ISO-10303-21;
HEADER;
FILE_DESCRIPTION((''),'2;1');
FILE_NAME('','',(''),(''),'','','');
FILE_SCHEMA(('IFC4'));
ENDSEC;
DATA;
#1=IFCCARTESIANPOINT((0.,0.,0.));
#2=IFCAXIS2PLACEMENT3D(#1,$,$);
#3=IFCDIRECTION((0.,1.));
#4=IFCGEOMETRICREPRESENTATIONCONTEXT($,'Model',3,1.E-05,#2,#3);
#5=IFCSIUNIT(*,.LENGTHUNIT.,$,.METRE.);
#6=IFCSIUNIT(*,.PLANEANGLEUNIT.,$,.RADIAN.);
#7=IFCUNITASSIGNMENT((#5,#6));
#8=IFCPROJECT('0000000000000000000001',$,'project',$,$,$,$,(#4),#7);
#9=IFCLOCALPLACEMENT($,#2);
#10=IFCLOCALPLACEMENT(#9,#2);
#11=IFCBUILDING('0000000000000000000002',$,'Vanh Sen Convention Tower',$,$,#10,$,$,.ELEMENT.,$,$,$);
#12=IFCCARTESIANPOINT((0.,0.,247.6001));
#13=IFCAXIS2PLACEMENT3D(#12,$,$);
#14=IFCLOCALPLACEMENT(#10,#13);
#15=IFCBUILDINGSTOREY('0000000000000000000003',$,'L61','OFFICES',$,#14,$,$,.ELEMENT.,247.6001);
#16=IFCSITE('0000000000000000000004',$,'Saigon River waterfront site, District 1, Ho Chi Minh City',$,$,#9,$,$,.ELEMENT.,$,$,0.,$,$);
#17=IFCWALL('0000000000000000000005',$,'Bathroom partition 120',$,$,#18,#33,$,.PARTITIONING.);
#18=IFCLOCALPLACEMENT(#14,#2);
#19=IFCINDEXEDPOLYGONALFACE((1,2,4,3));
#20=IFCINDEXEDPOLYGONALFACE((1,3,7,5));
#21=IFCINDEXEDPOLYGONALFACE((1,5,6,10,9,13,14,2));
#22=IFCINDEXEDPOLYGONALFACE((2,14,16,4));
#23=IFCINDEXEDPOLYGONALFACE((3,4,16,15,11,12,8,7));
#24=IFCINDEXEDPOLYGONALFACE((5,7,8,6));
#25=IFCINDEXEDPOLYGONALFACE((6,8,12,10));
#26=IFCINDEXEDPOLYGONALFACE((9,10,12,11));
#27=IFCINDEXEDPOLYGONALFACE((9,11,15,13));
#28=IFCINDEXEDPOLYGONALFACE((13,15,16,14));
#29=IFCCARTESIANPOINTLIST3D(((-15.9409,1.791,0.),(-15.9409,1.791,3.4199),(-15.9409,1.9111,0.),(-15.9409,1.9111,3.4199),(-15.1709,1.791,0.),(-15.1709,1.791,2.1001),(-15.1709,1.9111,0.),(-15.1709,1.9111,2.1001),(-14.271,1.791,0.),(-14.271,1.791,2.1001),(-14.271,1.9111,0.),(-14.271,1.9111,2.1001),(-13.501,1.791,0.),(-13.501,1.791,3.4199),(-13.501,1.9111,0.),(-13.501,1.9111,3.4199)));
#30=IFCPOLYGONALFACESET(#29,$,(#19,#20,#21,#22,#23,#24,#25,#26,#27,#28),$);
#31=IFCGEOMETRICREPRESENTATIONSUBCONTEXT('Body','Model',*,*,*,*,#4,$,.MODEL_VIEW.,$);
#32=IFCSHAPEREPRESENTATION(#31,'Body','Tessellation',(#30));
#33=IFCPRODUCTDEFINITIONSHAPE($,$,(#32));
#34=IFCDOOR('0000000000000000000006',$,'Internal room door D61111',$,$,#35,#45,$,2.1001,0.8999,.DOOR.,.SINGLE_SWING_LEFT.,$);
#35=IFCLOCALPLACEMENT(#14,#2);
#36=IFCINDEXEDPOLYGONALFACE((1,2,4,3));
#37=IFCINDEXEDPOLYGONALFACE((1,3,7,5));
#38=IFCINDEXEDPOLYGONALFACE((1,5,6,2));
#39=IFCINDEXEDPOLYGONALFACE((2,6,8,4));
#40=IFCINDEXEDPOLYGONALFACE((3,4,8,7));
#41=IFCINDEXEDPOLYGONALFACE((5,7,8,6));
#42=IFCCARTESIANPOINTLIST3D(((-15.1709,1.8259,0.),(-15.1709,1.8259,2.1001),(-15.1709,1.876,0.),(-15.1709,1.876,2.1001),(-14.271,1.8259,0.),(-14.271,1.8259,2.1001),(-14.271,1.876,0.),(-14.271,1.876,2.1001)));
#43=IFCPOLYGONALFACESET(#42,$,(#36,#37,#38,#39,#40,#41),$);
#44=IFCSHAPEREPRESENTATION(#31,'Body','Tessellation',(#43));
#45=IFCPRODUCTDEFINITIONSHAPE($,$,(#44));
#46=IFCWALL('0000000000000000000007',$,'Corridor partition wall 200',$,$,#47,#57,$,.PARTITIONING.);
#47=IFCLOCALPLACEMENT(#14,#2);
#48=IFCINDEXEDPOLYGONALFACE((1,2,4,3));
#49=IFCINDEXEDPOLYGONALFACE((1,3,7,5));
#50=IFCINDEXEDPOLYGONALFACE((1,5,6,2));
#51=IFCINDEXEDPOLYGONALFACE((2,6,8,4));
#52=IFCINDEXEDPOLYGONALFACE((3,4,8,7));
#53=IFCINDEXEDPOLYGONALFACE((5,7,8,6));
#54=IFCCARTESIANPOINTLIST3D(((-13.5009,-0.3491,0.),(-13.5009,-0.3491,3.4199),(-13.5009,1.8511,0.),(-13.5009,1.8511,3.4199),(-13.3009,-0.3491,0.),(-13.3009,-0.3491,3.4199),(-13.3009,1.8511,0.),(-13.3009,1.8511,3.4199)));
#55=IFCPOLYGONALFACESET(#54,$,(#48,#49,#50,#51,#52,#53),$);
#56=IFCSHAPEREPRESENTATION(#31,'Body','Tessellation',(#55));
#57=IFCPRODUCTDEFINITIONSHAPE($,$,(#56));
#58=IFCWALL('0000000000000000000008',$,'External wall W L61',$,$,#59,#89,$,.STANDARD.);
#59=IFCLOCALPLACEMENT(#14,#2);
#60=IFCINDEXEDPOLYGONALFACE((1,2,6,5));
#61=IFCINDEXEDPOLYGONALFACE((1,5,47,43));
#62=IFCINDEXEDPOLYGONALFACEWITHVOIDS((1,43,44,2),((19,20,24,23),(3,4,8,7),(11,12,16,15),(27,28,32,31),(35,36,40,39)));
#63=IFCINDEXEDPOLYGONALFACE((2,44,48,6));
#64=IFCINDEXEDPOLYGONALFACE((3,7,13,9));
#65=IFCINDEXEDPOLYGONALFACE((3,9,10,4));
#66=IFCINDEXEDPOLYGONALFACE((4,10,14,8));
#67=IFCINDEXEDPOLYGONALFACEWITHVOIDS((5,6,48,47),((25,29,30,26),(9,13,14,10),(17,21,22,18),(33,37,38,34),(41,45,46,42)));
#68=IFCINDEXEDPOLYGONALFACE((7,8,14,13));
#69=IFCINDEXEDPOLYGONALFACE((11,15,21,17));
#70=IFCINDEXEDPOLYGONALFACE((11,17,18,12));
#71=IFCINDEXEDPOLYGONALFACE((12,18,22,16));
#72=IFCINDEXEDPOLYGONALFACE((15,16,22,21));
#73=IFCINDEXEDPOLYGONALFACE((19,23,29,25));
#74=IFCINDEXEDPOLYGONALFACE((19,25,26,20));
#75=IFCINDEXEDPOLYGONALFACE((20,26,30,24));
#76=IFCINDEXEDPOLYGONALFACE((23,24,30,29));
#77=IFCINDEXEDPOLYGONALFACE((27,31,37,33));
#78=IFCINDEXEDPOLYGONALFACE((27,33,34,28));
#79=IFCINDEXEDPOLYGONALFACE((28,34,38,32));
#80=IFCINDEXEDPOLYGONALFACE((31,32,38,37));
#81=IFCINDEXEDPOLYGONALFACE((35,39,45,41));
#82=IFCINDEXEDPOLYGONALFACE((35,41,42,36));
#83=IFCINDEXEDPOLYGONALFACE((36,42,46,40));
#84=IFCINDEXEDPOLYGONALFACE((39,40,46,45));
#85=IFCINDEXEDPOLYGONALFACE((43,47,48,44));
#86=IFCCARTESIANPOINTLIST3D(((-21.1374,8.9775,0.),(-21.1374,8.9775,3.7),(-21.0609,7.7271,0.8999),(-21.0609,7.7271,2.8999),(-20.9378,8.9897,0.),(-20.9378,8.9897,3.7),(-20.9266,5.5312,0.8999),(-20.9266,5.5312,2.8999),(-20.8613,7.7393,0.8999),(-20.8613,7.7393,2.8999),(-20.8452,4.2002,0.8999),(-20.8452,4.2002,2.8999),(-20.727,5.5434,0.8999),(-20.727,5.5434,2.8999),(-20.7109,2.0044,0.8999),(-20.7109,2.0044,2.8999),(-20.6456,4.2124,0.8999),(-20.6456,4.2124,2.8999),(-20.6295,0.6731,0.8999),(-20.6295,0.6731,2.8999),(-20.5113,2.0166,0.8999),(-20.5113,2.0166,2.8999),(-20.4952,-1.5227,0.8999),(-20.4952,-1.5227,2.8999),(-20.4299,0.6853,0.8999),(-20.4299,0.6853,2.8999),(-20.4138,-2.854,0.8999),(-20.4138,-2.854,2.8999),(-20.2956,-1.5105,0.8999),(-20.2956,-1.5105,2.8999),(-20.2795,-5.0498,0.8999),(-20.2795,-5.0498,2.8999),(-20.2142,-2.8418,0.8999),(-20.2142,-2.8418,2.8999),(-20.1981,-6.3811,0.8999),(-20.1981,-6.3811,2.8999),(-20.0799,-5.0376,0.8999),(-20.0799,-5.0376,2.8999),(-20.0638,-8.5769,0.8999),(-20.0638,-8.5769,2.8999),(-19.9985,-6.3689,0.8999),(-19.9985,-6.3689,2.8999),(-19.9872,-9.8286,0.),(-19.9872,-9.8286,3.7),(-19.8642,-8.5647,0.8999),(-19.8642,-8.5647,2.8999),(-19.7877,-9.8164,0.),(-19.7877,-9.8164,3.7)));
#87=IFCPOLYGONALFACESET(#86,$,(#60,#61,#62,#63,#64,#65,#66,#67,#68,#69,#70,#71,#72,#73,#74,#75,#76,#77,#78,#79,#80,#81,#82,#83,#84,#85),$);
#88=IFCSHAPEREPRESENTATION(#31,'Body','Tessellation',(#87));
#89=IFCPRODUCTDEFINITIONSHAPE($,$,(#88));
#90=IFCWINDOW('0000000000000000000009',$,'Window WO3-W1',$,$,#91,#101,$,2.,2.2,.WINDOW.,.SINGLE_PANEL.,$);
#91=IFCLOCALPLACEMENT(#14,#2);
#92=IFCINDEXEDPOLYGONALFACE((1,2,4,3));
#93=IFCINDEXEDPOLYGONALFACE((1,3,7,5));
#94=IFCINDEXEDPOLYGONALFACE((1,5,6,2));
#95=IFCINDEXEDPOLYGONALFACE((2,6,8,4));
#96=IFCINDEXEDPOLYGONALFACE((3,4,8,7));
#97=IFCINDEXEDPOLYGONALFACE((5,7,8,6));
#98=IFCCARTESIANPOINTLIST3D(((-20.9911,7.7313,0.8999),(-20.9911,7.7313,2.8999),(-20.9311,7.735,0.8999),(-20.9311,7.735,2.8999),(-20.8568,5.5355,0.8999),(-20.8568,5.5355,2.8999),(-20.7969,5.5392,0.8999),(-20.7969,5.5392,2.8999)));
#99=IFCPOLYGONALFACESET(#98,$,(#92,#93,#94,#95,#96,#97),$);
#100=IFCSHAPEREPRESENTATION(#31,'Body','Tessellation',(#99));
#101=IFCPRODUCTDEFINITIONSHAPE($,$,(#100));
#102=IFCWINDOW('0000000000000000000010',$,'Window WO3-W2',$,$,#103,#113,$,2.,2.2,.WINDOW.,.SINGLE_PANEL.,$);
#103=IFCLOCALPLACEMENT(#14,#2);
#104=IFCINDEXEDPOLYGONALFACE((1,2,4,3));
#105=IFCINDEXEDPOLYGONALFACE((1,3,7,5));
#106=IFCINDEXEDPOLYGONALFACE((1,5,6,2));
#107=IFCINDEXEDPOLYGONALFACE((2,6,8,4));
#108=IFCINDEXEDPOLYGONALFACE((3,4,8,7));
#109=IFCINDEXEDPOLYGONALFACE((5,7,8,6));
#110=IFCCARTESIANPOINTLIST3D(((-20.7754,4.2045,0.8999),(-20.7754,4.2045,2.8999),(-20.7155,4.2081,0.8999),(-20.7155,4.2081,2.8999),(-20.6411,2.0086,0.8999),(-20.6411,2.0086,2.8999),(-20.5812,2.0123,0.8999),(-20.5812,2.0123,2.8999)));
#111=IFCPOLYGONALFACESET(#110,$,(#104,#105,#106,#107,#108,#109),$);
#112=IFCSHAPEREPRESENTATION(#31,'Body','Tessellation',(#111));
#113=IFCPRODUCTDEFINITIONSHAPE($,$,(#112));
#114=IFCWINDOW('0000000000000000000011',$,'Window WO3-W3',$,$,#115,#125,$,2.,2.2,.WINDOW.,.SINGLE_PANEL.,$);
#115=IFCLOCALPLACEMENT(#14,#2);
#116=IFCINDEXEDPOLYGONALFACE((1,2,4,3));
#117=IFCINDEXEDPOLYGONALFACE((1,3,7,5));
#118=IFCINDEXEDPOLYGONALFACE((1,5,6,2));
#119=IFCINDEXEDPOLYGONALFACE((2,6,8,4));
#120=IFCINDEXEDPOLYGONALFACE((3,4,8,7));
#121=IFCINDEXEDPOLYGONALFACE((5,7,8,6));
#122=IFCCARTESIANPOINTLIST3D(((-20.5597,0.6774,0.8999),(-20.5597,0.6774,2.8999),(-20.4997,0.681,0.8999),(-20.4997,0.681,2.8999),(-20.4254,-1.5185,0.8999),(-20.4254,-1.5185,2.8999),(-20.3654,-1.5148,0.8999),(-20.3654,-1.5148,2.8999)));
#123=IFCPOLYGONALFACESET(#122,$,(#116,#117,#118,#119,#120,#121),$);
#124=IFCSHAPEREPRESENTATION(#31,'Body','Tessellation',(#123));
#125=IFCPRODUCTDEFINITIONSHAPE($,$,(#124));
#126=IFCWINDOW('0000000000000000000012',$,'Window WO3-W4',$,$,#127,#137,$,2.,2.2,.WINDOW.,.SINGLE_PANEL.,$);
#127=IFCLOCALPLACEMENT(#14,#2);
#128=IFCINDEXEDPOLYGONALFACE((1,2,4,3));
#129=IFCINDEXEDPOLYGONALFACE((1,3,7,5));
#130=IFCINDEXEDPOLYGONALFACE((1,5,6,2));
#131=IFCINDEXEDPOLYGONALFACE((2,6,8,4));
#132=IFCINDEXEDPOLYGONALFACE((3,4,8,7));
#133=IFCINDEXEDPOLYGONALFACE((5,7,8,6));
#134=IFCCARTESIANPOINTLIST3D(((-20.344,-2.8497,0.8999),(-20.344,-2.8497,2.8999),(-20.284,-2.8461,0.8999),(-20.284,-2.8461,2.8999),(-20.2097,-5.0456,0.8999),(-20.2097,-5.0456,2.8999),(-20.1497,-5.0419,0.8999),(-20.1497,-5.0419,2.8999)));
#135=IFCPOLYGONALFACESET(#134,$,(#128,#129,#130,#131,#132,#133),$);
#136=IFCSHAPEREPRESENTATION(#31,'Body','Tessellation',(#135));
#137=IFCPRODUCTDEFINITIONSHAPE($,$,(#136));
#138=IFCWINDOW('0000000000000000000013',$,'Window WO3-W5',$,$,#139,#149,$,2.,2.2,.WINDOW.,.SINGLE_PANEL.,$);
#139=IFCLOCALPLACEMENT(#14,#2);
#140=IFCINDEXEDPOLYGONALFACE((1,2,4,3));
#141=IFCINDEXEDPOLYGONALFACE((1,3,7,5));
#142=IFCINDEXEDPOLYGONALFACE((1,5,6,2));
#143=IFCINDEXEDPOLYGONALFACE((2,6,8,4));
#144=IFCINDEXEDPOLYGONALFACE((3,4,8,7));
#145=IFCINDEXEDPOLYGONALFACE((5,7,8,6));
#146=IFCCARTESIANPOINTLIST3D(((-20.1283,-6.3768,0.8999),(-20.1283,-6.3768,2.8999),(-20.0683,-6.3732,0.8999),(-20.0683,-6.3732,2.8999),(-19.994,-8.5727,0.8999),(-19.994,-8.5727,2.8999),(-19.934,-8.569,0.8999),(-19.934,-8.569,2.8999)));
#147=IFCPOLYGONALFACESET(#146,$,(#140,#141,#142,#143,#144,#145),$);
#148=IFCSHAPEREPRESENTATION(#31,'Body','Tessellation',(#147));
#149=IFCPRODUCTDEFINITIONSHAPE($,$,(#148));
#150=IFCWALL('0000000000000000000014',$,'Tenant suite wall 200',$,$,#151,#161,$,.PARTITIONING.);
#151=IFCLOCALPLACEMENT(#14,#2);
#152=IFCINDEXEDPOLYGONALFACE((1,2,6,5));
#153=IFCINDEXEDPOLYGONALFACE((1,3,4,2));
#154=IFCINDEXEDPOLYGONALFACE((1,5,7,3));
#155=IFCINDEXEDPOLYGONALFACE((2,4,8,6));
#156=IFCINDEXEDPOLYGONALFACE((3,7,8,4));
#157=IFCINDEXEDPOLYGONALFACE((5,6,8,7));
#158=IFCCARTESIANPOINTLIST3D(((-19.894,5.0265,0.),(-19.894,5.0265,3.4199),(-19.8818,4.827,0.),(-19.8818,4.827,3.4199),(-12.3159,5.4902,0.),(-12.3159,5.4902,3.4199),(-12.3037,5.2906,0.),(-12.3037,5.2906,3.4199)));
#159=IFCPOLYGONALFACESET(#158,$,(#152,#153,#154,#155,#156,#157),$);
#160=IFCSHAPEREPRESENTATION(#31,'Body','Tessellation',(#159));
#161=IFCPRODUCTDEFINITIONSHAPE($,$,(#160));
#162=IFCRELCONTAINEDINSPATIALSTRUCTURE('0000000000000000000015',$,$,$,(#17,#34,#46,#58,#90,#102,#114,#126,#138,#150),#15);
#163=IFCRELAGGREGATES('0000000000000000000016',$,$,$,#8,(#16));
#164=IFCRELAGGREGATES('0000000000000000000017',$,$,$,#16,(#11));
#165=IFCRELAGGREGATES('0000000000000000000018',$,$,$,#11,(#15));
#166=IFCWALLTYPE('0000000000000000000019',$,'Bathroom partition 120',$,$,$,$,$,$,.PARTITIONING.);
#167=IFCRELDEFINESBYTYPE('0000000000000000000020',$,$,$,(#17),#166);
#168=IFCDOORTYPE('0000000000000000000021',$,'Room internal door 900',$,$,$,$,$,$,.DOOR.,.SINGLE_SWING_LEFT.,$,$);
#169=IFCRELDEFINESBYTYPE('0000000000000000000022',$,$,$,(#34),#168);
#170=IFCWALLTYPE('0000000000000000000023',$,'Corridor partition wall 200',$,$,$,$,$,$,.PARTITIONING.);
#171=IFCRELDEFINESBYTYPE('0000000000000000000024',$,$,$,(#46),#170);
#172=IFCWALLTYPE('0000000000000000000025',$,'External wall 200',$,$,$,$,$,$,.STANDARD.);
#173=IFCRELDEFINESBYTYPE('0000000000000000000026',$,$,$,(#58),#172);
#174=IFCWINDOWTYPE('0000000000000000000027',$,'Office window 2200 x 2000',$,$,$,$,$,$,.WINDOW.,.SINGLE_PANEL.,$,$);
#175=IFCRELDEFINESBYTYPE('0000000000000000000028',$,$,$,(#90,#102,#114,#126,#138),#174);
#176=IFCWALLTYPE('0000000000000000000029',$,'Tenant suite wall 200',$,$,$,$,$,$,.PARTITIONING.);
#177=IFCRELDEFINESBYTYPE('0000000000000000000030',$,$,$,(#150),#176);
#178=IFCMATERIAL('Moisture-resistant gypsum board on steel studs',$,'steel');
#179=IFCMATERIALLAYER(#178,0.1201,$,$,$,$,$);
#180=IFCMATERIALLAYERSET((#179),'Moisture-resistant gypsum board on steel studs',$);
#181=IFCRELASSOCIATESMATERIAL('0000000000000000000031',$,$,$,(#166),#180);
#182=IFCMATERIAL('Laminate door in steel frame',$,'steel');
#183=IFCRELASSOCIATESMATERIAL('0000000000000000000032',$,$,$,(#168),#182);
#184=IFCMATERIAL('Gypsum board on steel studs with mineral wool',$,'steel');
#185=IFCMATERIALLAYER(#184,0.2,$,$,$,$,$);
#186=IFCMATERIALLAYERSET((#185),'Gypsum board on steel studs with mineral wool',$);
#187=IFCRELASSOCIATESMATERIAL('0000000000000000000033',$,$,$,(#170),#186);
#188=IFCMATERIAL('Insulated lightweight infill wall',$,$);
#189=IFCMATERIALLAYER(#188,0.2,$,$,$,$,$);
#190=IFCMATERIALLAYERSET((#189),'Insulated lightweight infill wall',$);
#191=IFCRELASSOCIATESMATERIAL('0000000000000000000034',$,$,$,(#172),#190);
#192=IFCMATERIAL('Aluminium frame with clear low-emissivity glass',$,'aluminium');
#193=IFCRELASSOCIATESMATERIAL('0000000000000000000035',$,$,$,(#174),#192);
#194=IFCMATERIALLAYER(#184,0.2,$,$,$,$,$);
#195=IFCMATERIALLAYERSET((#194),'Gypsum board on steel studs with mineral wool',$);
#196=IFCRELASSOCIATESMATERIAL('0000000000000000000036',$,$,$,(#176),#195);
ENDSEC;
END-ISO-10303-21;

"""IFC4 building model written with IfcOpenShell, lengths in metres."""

from ifc_helpers import new_model, si_unit, direction, frame, frame_2d, origin, place, context, subcontext, project, spatial, rectangle, extrude, material, layer, layer_set, type_object, element, fill, save


model = new_model("IFC4")

# Units and contexts
model_context = context("Model", 3, precision=1e-05, world=origin(), true_north=direction((0.0, 1.0)))
body_context = subcontext(model_context, "Body", "Model", "MODEL_VIEW")
ifc_project = project(units=[si_unit("LENGTHUNIT", "METRE"), si_unit("PLANEANGLEUNIT", "RADIAN")], contexts=[model_context])

# Site, building, storey
site_placement = place(None, origin())
site = spatial("IfcSite", under=ifc_project, at=site_placement, Name="Saigon River waterfront site, District 1, Ho Chi Minh City", CompositionType="ELEMENT", RefElevation=0.0)
building_placement = place(site_placement, origin())
building = spatial("IfcBuilding", under=site, at=building_placement, Name="Vanh Sen Convention Tower", CompositionType="ELEMENT")
storey_placement = place(building_placement, frame((0.0, 0.0, 247.6001)))
storey = spatial("IfcBuildingStorey", under=building, at=storey_placement, Name="L61", Description="OFFICES", CompositionType="ELEMENT", Elevation=247.6001)

# Wall, opening, door
ifc_material_1 = material(Name="Moisture-resistant gypsum board on steel studs", Category="steel")
ifc_layer_1 = layer(ifc_material_1, 0.1201)
ifc_layer_set_1 = layer_set([ifc_layer_1], Name="Moisture-resistant gypsum board on steel studs")
wall_type_1 = type_object("IfcWallType", Name="Bathroom partition 120", PredefinedType="PARTITIONING", material=ifc_layer_set_1)
wall_1_placement = place(storey_placement, frame((-15.9409, 1.8511, 0.0), z_axis=(0.0, 0.0, 1.0), x_axis=(1.0, 0.0, 0.0)))
wall_1 = element("IfcWall", 1, at=wall_1_placement, inside=storey, type_object=wall_type_1, Name="Bathroom partition 120", PredefinedType="PARTITIONING", context=body_context, shape_type="SweptSolid", body=[
    extrude(rectangle(XDim=2.4399, YDim=0.1201, at=frame_2d((1.22, 0.0))), origin(), (0.0, 0.0, 1.0), 3.4199),
])
opening_1_placement = place(wall_1_placement, frame((0.77, 0.0, 0.0)))
opening_1 = element("IfcOpeningElement", 2, at=opening_1_placement, cuts=wall_1, PredefinedType="OPENING", context=body_context, shape_type="SweptSolid", body=[
    extrude(rectangle(XDim=0.8999, YDim=2.1001, at=frame_2d((0.45, 1.05))), frame((0.0, 0.0701, 0.0), z_axis=(0.0, -1.0, 0.0), x_axis=(1.0, 0.0, 0.0)), (0.0, 0.0, 1.0), 0.1401),
])
ifc_material_2 = material(Name="Laminate door in steel frame", Category="steel")
door_type = type_object("IfcDoorType", Name="Room internal door 900", OperationType="SINGLE_SWING_LEFT", PredefinedType="DOOR", material=ifc_material_2)
door_placement = place(opening_1_placement, origin())
door = element("IfcDoor", 3, at=door_placement, inside=storey, type_object=door_type, Name="Internal room door D61111", OperationType="SINGLE_SWING_LEFT", OverallHeight=2.1001, OverallWidth=0.8999, PredefinedType="DOOR", context=body_context, shape_type="SweptSolid", body=[
    extrude(rectangle(XDim=0.8999, YDim=2.1001, at=frame_2d((0.45, 1.05))), frame((0.0, 0.0249, 0.0), z_axis=(0.0, -1.0, 0.0), x_axis=(1.0, 0.0, 0.0)), (0.0, 0.0, 1.0), 0.05),
])
fill(opening_1, door)

# Wall
ifc_material_3 = material(Name="Gypsum board on steel studs with mineral wool", Category="steel")
ifc_layer_2 = layer(ifc_material_3, 0.2)
ifc_layer_set_2 = layer_set([ifc_layer_2], Name="Gypsum board on steel studs with mineral wool")
wall_type_2 = type_object("IfcWallType", Name="Corridor partition wall 200", PredefinedType="PARTITIONING", material=ifc_layer_set_2)
wall_2_placement = place(storey_placement, frame((-13.4009, 1.8511, 0.0), z_axis=(0.0, 0.0, 1.0), x_axis=(0.0, -1.0, 0.0)))
element("IfcWall", 4, at=wall_2_placement, inside=storey, type_object=wall_type_2, Name="Corridor partition wall 200", PredefinedType="PARTITIONING", context=body_context, shape_type="SweptSolid", body=[
    extrude(rectangle(XDim=2.2002, YDim=0.2, at=frame_2d((1.1001, 0.0))), origin(), (0.0, 0.0, 1.0), 3.4199),
])

# Wall, openings, windows
ifc_material_4 = material(Name="Insulated lightweight infill wall")
ifc_layer_3 = layer(ifc_material_4, 0.2)
ifc_layer_set_3 = layer_set([ifc_layer_3], Name="Insulated lightweight infill wall")
wall_type_3 = type_object("IfcWallType", Name="External wall 200", PredefinedType="STANDARD", material=ifc_layer_set_3)
wall_3_placement = place(storey_placement, frame((-21.0376, 8.9836, 0.0), z_axis=(0.0, 0.0, 1.0), x_axis=(0.061044, -0.998135, 0.0)))
wall_3 = element("IfcWall", 5, at=wall_3_placement, inside=storey, type_object=wall_type_3, Name="External wall W L61", PredefinedType="STANDARD", context=body_context, shape_type="SweptSolid", body=[
    extrude(rectangle(XDim=18.8413, YDim=0.2, at=frame_2d((9.4207, 0.0))), origin(), (0.0, 0.0, 1.0), 3.7),
])
opening_2_placement = place(wall_3_placement, frame((1.2527, 0.0, 0.8999)))
opening_2 = element("IfcOpeningElement", 6, at=opening_2_placement, cuts=wall_3, PredefinedType="OPENING", context=body_context, shape_type="SweptSolid", body=[
    extrude(rectangle(XDim=2.2, YDim=2.0, at=frame_2d((1.1001, 1.0))), frame((0.0, 0.1099, 0.0), z_axis=(0.0, -1.0, 0.0), x_axis=(1.0, 0.0, 0.0)), (0.0, 0.0, 1.0), 0.22),
])
opening_3_placement = place(wall_3_placement, frame((4.7861, 0.0, 0.8999)))
opening_3 = element("IfcOpeningElement", 7, at=opening_3_placement, cuts=wall_3, PredefinedType="OPENING", context=body_context, shape_type="SweptSolid", body=[
    extrude(rectangle(XDim=2.2, YDim=2.0, at=frame_2d((1.1001, 1.0))), frame((0.0, 0.1099, 0.0), z_axis=(0.0, -1.0, 0.0), x_axis=(1.0, 0.0, 0.0)), (0.0, 0.0, 1.0), 0.22),
])
opening_4_placement = place(wall_3_placement, frame((8.3198, 0.0, 0.8999)))
opening_4 = element("IfcOpeningElement", 8, at=opening_4_placement, cuts=wall_3, PredefinedType="OPENING", context=body_context, shape_type="SweptSolid", body=[
    extrude(rectangle(XDim=2.2, YDim=2.0, at=frame_2d((1.1001, 1.0))), frame((0.0, 0.1099, 0.0), z_axis=(0.0, -1.0, 0.0), x_axis=(1.0, 0.0, 0.0)), (0.0, 0.0, 1.0), 0.22),
])
opening_5_placement = place(wall_3_placement, frame((11.8535, 0.0, 0.8999)))
opening_5 = element("IfcOpeningElement", 9, at=opening_5_placement, cuts=wall_3, PredefinedType="OPENING", context=body_context, shape_type="SweptSolid", body=[
    extrude(rectangle(XDim=2.2, YDim=2.0, at=frame_2d((1.1001, 1.0))), frame((0.0, 0.1099, 0.0), z_axis=(0.0, -1.0, 0.0), x_axis=(1.0, 0.0, 0.0)), (0.0, 0.0, 1.0), 0.22),
])
opening_6_placement = place(wall_3_placement, frame((15.3872, 0.0, 0.8999)))
opening_6 = element("IfcOpeningElement", 10, at=opening_6_placement, cuts=wall_3, PredefinedType="OPENING", context=body_context, shape_type="SweptSolid", body=[
    extrude(rectangle(XDim=2.2, YDim=2.0, at=frame_2d((1.1001, 1.0))), frame((0.0, 0.1099, 0.0), z_axis=(0.0, -1.0, 0.0), x_axis=(1.0, 0.0, 0.0)), (0.0, 0.0, 1.0), 0.22),
])
ifc_material_5 = material(Name="Aluminium frame with clear low-emissivity glass", Category="aluminium")
window_type = type_object("IfcWindowType", Name="Office window 2200 x 2000", PartitioningType="SINGLE_PANEL", PredefinedType="WINDOW", material=ifc_material_5)
window_1_placement = place(opening_2_placement, origin())
window_1 = element("IfcWindow", 11, at=window_1_placement, inside=storey, type_object=window_type, Name="Window WO3-W1", OverallHeight=2.0, OverallWidth=2.2, PartitioningType="SINGLE_PANEL", PredefinedType="WINDOW", context=body_context, shape_type="SweptSolid", body=[
    extrude(rectangle(XDim=2.2, YDim=2.0, at=frame_2d((1.1001, 1.0))), frame((0.0, 0.03, 0.0), z_axis=(0.0, -1.0, 0.0), x_axis=(1.0, 0.0, 0.0)), (0.0, 0.0, 1.0), 0.0601),
])
fill(opening_2, window_1)
window_2_placement = place(opening_3_placement, origin())
window_2 = element("IfcWindow", 12, at=window_2_placement, inside=storey, type_object=window_type, Name="Window WO3-W2", OverallHeight=2.0, OverallWidth=2.2, PartitioningType="SINGLE_PANEL", PredefinedType="WINDOW", context=body_context, shape_type="SweptSolid", body=[
    extrude(rectangle(XDim=2.2, YDim=2.0, at=frame_2d((1.1001, 1.0))), frame((0.0, 0.03, 0.0), z_axis=(0.0, -1.0, 0.0), x_axis=(1.0, 0.0, 0.0)), (0.0, 0.0, 1.0), 0.0601),
])
fill(opening_3, window_2)
window_3_placement = place(opening_4_placement, origin())
window_3 = element("IfcWindow", 13, at=window_3_placement, inside=storey, type_object=window_type, Name="Window WO3-W3", OverallHeight=2.0, OverallWidth=2.2, PartitioningType="SINGLE_PANEL", PredefinedType="WINDOW", context=body_context, shape_type="SweptSolid", body=[
    extrude(rectangle(XDim=2.2, YDim=2.0, at=frame_2d((1.1001, 1.0))), frame((0.0, 0.03, 0.0), z_axis=(0.0, -1.0, 0.0), x_axis=(1.0, 0.0, 0.0)), (0.0, 0.0, 1.0), 0.0601),
])
fill(opening_4, window_3)
window_4_placement = place(opening_5_placement, origin())
window_4 = element("IfcWindow", 14, at=window_4_placement, inside=storey, type_object=window_type, Name="Window WO3-W4", OverallHeight=2.0, OverallWidth=2.2, PartitioningType="SINGLE_PANEL", PredefinedType="WINDOW", context=body_context, shape_type="SweptSolid", body=[
    extrude(rectangle(XDim=2.2, YDim=2.0, at=frame_2d((1.1001, 1.0))), frame((0.0, 0.03, 0.0), z_axis=(0.0, -1.0, 0.0), x_axis=(1.0, 0.0, 0.0)), (0.0, 0.0, 1.0), 0.0601),
])
fill(opening_5, window_4)
window_5_placement = place(opening_6_placement, origin())
window_5 = element("IfcWindow", 15, at=window_5_placement, inside=storey, type_object=window_type, Name="Window WO3-W5", OverallHeight=2.0, OverallWidth=2.2, PartitioningType="SINGLE_PANEL", PredefinedType="WINDOW", context=body_context, shape_type="SweptSolid", body=[
    extrude(rectangle(XDim=2.2, YDim=2.0, at=frame_2d((1.1001, 1.0))), frame((0.0, 0.03, 0.0), z_axis=(0.0, -1.0, 0.0), x_axis=(1.0, 0.0, 0.0)), (0.0, 0.0, 1.0), 0.0601),
])
fill(opening_6, window_5)

# Wall
ifc_layer_4 = layer(ifc_material_3, 0.2)
ifc_layer_set_4 = layer_set([ifc_layer_4], Name="Gypsum board on steel studs with mineral wool")
wall_type_4 = type_object("IfcWallType", Name="Tenant suite wall 200", PredefinedType="PARTITIONING", material=ifc_layer_set_4)
wall_4_placement = place(storey_placement, frame((-19.8879, 4.9268, 0.0), z_axis=(0.0, 0.0, 1.0), x_axis=(0.998134, 0.061065, 0.0)))
element("IfcWall", 16, at=wall_4_placement, inside=storey, type_object=wall_type_4, Name="Tenant suite wall 200", PredefinedType="PARTITIONING", context=body_context, shape_type="SweptSolid", body=[
    extrude(rectangle(XDim=7.5923, YDim=0.2, at=frame_2d((3.7961, 0.0))), origin(), (0.0, 0.0, 1.0), 3.4199),
])

save(model, "model.ifc")
